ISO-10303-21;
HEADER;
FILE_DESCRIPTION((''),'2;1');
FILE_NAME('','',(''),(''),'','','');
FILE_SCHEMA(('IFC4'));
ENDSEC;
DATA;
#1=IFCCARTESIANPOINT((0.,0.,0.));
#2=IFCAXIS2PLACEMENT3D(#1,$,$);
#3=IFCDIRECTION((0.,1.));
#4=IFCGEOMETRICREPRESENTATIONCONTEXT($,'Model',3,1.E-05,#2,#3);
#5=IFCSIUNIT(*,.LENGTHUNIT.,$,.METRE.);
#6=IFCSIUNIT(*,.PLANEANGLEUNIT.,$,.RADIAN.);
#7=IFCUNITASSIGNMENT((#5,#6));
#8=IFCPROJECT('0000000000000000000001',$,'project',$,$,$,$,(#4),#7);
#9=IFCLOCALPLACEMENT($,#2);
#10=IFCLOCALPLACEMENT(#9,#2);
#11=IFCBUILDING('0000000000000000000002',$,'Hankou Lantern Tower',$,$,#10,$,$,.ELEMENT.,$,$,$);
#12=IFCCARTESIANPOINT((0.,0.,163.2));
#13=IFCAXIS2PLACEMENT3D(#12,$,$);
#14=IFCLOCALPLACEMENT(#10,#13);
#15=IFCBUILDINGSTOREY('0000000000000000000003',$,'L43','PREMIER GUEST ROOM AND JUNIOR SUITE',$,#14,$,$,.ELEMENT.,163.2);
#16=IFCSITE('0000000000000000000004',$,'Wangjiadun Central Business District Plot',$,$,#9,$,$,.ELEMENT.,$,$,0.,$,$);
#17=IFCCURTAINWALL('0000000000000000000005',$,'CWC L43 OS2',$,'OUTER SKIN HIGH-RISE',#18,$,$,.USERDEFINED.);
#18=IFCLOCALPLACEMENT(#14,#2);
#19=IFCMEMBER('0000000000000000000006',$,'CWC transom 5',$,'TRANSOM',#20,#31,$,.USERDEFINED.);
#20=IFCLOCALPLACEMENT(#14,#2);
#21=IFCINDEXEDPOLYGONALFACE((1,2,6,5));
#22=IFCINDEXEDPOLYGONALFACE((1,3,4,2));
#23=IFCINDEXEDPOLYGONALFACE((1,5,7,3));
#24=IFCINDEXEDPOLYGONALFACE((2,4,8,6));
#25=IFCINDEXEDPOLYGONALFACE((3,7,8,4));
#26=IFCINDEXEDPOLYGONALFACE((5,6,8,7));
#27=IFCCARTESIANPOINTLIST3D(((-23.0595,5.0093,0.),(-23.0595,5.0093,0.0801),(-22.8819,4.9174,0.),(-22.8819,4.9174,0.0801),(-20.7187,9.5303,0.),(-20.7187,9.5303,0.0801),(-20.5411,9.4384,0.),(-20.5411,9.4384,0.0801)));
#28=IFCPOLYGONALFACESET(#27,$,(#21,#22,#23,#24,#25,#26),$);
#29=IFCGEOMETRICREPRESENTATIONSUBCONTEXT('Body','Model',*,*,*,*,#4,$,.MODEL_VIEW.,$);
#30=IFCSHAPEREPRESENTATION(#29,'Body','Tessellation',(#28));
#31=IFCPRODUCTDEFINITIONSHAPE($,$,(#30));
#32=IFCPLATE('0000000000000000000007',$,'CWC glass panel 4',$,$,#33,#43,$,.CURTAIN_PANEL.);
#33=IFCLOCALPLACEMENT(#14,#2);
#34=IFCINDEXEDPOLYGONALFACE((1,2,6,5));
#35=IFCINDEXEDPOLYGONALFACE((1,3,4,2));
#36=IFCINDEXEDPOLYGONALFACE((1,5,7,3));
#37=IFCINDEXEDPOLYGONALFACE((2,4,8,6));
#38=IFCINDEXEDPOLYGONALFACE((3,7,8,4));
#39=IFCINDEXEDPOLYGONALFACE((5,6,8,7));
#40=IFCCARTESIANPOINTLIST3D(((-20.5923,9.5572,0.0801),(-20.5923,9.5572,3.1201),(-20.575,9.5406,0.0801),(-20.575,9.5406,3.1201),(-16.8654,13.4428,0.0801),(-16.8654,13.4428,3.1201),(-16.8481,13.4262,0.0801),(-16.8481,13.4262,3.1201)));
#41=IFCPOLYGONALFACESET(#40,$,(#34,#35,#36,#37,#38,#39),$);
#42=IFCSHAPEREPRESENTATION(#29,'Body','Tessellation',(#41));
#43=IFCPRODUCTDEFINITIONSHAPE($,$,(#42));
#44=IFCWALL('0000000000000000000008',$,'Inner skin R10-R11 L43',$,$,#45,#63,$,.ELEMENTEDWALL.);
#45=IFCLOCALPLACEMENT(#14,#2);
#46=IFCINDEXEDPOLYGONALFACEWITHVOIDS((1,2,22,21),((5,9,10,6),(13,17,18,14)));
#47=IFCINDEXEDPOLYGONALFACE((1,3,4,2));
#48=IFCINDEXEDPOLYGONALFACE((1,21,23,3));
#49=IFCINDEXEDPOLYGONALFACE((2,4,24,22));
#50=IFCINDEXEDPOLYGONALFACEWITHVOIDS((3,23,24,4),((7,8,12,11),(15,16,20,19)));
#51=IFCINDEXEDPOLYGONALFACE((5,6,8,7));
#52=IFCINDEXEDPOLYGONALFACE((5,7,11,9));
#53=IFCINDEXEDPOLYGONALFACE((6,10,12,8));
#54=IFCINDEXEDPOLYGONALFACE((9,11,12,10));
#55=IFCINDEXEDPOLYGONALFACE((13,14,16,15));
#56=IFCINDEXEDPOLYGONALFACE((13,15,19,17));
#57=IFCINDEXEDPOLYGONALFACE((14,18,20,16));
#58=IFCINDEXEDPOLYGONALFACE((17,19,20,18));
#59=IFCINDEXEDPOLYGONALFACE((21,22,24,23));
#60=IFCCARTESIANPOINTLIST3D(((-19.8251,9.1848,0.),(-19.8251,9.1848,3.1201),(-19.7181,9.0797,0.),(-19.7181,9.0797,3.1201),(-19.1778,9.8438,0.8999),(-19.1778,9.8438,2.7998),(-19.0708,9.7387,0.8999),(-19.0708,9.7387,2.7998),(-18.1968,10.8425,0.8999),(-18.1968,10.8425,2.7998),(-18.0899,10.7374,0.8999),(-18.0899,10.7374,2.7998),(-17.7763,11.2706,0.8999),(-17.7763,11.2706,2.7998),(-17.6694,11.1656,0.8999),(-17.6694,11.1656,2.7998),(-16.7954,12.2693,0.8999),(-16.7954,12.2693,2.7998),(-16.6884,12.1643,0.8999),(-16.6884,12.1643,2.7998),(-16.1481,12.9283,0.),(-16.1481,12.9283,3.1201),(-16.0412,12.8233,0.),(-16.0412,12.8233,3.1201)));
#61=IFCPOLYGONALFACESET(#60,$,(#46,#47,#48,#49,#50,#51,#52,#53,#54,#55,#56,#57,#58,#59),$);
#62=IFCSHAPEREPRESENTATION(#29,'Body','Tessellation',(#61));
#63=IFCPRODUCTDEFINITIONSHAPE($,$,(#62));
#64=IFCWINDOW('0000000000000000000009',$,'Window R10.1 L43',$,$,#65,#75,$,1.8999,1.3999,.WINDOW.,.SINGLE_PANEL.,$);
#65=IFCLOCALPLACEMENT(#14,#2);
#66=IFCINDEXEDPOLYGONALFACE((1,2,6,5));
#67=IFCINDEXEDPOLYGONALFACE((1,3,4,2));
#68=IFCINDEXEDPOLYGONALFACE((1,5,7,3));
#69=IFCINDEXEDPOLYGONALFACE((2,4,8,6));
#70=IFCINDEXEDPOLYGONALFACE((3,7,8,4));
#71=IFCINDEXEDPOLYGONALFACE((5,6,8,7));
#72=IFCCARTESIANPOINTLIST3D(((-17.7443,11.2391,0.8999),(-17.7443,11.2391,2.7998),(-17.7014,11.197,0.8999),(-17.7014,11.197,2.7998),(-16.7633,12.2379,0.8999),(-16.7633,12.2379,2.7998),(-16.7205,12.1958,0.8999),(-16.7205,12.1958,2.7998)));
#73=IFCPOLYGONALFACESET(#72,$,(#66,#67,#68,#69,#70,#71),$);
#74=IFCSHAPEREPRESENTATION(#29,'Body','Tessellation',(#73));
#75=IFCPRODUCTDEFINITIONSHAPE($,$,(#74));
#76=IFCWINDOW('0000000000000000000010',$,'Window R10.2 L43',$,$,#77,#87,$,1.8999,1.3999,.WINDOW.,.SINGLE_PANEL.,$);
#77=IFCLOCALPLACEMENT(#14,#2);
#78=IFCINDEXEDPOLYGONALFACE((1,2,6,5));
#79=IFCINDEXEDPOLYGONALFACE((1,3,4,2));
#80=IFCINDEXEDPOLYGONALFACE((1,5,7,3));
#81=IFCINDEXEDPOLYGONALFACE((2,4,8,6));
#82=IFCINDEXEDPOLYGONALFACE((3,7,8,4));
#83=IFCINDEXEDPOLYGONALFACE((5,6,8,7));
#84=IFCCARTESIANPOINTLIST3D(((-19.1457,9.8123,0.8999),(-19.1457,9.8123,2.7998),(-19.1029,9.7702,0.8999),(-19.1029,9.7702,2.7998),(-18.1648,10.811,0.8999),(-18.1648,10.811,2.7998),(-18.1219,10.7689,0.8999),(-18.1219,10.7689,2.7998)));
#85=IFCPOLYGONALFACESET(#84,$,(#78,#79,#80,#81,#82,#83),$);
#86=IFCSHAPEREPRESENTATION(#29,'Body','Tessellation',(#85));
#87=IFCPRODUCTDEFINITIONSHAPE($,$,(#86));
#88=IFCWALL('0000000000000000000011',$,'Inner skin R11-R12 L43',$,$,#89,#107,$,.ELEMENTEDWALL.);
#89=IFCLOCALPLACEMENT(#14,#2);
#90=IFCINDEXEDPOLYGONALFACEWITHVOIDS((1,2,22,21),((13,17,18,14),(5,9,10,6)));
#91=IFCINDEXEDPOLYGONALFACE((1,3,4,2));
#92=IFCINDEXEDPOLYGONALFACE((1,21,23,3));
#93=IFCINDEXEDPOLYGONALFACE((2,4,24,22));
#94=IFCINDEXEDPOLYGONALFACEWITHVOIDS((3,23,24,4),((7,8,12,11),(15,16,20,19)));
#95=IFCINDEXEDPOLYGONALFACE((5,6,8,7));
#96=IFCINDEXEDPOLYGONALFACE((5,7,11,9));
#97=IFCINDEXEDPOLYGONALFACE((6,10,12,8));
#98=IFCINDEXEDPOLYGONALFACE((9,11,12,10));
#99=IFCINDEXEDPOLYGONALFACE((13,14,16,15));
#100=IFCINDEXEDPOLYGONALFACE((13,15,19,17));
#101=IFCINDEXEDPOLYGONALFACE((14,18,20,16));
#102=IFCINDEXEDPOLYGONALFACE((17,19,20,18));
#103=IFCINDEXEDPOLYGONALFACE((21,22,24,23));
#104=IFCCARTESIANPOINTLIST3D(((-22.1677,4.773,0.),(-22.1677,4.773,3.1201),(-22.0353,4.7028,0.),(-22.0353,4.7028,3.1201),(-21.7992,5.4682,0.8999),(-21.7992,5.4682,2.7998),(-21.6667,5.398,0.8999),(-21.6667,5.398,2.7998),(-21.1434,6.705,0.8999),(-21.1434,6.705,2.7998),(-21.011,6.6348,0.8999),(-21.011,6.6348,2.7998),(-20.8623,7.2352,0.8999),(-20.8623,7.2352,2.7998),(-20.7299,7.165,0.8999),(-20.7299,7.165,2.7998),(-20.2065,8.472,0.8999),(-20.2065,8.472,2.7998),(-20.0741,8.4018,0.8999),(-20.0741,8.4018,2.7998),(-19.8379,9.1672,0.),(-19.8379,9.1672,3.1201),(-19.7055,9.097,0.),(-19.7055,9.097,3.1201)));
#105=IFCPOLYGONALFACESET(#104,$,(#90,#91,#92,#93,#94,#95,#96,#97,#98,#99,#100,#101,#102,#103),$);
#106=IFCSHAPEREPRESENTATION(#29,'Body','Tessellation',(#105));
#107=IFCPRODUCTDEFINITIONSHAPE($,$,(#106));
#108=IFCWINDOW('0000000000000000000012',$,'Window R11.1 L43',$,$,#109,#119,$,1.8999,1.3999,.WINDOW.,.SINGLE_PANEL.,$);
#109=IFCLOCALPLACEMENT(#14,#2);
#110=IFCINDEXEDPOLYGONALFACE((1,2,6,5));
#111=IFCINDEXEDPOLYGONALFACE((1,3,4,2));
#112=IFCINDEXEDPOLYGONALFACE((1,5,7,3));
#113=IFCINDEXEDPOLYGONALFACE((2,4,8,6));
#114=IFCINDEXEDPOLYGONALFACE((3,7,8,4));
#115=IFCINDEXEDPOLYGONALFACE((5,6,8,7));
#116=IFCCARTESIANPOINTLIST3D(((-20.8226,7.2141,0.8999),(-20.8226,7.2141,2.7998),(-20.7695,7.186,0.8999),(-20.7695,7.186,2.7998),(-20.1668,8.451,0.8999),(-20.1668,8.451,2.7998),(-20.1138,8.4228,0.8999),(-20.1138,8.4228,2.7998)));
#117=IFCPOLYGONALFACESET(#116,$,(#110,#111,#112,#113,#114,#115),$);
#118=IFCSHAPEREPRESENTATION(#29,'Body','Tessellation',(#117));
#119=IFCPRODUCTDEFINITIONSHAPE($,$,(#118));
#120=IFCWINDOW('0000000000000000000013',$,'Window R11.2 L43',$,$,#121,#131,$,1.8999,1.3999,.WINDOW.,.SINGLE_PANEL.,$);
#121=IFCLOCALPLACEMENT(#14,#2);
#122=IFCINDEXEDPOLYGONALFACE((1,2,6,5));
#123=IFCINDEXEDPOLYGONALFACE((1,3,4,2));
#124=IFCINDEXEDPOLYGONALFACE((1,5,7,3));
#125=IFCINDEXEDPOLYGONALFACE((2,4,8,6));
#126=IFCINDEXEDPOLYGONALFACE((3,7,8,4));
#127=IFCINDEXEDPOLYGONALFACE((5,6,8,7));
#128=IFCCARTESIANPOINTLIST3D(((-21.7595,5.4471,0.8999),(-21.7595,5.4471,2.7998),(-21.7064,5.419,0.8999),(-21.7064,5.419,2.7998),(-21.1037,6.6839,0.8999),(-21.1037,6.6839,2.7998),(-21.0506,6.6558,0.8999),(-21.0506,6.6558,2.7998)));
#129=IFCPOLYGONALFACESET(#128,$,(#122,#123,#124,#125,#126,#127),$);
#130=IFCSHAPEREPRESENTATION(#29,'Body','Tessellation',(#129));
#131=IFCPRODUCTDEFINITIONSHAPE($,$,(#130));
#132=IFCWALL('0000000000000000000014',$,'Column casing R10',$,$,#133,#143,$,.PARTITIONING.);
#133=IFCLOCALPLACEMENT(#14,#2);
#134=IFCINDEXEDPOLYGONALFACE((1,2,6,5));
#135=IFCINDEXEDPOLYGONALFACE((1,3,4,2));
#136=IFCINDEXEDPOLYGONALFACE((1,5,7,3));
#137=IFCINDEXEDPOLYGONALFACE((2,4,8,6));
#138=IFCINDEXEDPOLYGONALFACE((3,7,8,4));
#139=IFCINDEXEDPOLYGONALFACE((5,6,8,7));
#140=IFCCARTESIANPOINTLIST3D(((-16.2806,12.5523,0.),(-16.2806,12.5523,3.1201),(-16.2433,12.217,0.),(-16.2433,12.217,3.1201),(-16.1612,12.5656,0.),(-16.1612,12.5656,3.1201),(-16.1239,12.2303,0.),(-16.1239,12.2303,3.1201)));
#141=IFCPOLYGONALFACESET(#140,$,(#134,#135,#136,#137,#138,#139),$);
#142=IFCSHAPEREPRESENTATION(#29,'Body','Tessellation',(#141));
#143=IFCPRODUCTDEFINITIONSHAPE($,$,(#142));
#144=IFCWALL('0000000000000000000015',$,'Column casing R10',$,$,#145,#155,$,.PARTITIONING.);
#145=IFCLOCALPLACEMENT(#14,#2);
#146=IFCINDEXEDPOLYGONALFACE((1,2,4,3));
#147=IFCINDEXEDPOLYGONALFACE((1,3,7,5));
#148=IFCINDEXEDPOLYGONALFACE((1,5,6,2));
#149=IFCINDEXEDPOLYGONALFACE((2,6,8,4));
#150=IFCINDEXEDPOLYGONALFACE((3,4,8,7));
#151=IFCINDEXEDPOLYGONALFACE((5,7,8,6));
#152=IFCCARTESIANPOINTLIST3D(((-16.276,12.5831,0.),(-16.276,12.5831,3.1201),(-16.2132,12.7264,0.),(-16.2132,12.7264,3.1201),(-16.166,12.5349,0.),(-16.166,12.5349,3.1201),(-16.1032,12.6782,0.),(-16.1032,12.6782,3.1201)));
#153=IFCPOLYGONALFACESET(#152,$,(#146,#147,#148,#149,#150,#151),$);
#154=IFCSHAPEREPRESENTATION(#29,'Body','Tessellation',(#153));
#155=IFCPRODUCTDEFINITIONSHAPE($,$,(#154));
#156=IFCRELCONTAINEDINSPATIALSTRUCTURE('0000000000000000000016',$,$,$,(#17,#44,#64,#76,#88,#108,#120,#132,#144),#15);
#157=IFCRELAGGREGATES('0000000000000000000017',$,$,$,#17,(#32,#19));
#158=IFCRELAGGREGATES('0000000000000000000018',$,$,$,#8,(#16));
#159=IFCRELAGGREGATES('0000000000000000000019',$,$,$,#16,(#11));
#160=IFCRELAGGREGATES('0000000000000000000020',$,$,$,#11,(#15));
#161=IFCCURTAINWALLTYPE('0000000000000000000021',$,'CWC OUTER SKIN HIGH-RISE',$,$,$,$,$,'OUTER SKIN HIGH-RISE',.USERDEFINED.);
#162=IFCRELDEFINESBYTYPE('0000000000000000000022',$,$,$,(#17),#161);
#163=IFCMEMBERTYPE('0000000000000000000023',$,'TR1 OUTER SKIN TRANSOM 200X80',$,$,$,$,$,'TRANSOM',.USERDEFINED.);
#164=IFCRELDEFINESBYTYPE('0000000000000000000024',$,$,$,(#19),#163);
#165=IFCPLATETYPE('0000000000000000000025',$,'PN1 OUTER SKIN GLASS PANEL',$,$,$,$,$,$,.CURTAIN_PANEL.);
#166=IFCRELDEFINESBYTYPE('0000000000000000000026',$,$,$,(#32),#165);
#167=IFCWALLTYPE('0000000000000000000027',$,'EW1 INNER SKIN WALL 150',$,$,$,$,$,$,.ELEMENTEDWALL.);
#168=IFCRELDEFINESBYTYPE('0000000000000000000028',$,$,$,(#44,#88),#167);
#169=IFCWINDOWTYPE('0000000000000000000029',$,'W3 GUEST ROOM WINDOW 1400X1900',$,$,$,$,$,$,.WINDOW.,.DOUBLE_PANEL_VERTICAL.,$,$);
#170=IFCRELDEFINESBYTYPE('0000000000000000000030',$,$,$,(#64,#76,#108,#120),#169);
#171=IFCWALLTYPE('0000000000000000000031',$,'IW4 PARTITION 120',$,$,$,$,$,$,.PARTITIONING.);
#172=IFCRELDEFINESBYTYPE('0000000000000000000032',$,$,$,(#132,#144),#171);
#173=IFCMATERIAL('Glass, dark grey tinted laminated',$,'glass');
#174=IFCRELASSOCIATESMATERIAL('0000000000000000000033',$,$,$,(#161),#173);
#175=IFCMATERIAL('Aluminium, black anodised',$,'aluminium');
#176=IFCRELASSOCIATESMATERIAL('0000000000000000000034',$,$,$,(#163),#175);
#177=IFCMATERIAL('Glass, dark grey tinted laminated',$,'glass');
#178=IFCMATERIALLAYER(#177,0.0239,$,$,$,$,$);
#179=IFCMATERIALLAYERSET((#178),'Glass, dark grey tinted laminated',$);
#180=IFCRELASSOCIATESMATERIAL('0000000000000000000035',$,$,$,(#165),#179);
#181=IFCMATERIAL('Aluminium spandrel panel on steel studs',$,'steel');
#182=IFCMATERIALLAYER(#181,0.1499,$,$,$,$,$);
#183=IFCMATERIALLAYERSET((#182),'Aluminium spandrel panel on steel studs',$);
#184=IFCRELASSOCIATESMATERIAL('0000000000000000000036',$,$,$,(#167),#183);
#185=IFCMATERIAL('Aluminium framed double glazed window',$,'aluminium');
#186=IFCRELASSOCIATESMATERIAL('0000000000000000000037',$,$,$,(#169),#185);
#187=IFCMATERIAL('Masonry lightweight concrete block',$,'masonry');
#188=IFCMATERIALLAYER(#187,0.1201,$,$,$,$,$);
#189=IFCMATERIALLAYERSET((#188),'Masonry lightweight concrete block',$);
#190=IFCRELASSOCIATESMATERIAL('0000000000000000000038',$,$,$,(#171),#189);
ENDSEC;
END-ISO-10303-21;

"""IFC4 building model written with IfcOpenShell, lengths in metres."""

from ifc_helpers import new_model, si_unit, direction, frame, frame_2d, origin, origin_2d, place, context, subcontext, project, spatial, rectangle, extrude, material, layer, layer_set, material_profile, profile_set, type_object, element, fill, aggregate, save


model = new_model("IFC4")

# Units and contexts
model_context = context("Model", 3, precision=1e-05, world=origin(), true_north=direction((0.0, 1.0)))
body_context = subcontext(model_context, "Body", "Model", "MODEL_VIEW")
ifc_project = project(units=[si_unit("LENGTHUNIT", "METRE"), si_unit("PLANEANGLEUNIT", "RADIAN")], contexts=[model_context])

# Site, building, storey
site_placement = place(None, origin())
site = spatial("IfcSite", under=ifc_project, at=site_placement, Name="Wangjiadun Central Business District Plot", CompositionType="ELEMENT", RefElevation=0.0)
building_placement = place(site_placement, origin())
building = spatial("IfcBuilding", under=site, at=building_placement, Name="Hankou Lantern Tower", CompositionType="ELEMENT")
storey_placement = place(building_placement, frame((0.0, 0.0, 163.2)))
storey = spatial("IfcBuildingStorey", under=building, at=storey_placement, Name="L43", Description="PREMIER GUEST ROOM AND JUNIOR SUITE", CompositionType="ELEMENT", Elevation=163.2)

# Curtain wall
ifc_material_1 = material(Name="Glass, dark grey tinted laminated", Category="glass")
curtain_wall_type = type_object("IfcCurtainWallType", Name="CWC OUTER SKIN HIGH-RISE", ElementType="OUTER SKIN HIGH-RISE", PredefinedType="USERDEFINED", material=ifc_material_1)
curtain_wall_placement = place(storey_placement, origin())
curtain_wall = element("IfcCurtainWall", 1, at=curtain_wall_placement, inside=storey, type_object=curtain_wall_type, Name="CWC L43 OS2", ObjectType="OUTER SKIN HIGH-RISE", PredefinedType="USERDEFINED")

# Member
ifc_material_2 = material(Name="Aluminium, black anodised", Category="aluminium")
ifc_material_profile_1 = material_profile(ifc_material_2, rectangle(XDim=0.2, YDim=0.0801, at=origin_2d()), Name="TR1 200X80")
ifc_profile_set_1 = profile_set([ifc_material_profile_1], Name="Aluminium, black anodised")
member_type_1 = type_object("IfcMemberType", Name="TR1 OUTER SKIN TRANSOM 200X80", ElementType="TRANSOM", PredefinedType="USERDEFINED", material=ifc_profile_set_1)
member_1_placement = place(storey_placement, frame((-20.6299, 9.4844, 0.04), z_axis=(-0.459791, -0.888027, 0.0), x_axis=(0.888027, -0.459791, 0.0)))
member_1 = element("IfcMember", 2, at=member_1_placement, type_object=member_type_1, Name="CWC transom 5", ObjectType="TRANSOM", PredefinedType="USERDEFINED", context=body_context, shape_type="SweptSolid", body=[
    extrude(rectangle(XDim=0.2, YDim=0.0801, at=origin_2d()), origin(), (0.0, 0.0, 1.0), 5.0911),
])

# Plate
ifc_material_3 = material(Name="Glass, dark grey tinted laminated", Category="glass")
ifc_layer_1 = layer(ifc_material_3, 0.0239)
ifc_layer_set_1 = layer_set([ifc_layer_1], Name="Glass, dark grey tinted laminated")
plate_type = type_object("IfcPlateType", Name="PN1 OUTER SKIN GLASS PANEL", PredefinedType="CURTAIN_PANEL", material=ifc_layer_set_1)
plate_placement = place(storey_placement, frame((-18.7202, 11.4917, 0.0801), z_axis=(0.0, 0.0, 1.0), x_axis=(-0.692216, -0.721691, 0.0)))
plate = element("IfcPlate", 3, at=plate_placement, type_object=plate_type, Name="CWC glass panel 4", PredefinedType="CURTAIN_PANEL", context=body_context, shape_type="SweptSolid", body=[
    extrude(rectangle(XDim=5.384, YDim=0.0239, at=origin_2d()), origin(), (0.0, 0.0, 1.0), 3.04),
])
aggregate(curtain_wall, [plate, member_1])

# Walls, openings, windows
ifc_material_4 = material(Name="Aluminium spandrel panel on steel studs", Category="steel")
ifc_layer_2 = layer(ifc_material_4, 0.1499)
ifc_layer_set_2 = layer_set([ifc_layer_2], Name="Aluminium spandrel panel on steel studs")
wall_type_1 = type_object("IfcWallType", Name="EW1 INNER SKIN WALL 150", PredefinedType="ELEMENTEDWALL", material=ifc_layer_set_2)
wall_1_placement = place(storey_placement, frame((-16.0947, 12.8757, 0.0), z_axis=(0.0, 0.0, 1.0), x_axis=(-0.700727, -0.713429, 0.0)))
wall_1 = element("IfcWall", 4, at=wall_1_placement, inside=storey, type_object=wall_type_1, Name="Inner skin R10-R11 L43", PredefinedType="ELEMENTEDWALL", context=body_context, shape_type="SweptSolid", body=[
    extrude(rectangle(XDim=5.2473, YDim=0.1499, at=frame_2d((2.6235, 0.0))), origin(), (0.0, 0.0, 1.0), 3.1201),
])
opening_1_placement = place(wall_1_placement, frame((0.9236, 0.0, 0.8999)))
opening_1 = element("IfcOpeningElement", 5, at=opening_1_placement, cuts=wall_1, PredefinedType="OPENING", context=body_context, shape_type="SweptSolid", body=[
    extrude(rectangle(XDim=1.3999, YDim=1.8999, at=frame_2d((0.7, 0.95))), frame((0.0, 0.085, 0.0), z_axis=(0.0, -1.0, 0.0), x_axis=(1.0, 0.0, 0.0)), (0.0, 0.0, 1.0), 0.1699),
])
opening_2_placement = place(wall_1_placement, frame((2.9236, 0.0, 0.8999)))
opening_2 = element("IfcOpeningElement", 6, at=opening_2_placement, cuts=wall_1, PredefinedType="OPENING", context=body_context, shape_type="SweptSolid", body=[
    extrude(rectangle(XDim=1.3999, YDim=1.8999, at=frame_2d((0.7, 0.95))), frame((0.0, 0.085, 0.0), z_axis=(0.0, -1.0, 0.0), x_axis=(1.0, 0.0, 0.0)), (0.0, 0.0, 1.0), 0.1699),
])
ifc_material_5 = material(Name="Aluminium framed double glazed window", Category="aluminium")
window_type = type_object("IfcWindowType", Name="W3 GUEST ROOM WINDOW 1400X1900", PartitioningType="DOUBLE_PANEL_VERTICAL", PredefinedType="WINDOW", material=ifc_material_5)
window_1_placement = place(opening_1_placement, origin())
window_1 = element("IfcWindow", 7, at=window_1_placement, inside=storey, type_object=window_type, Name="Window R10.1 L43", OverallHeight=1.8999, OverallWidth=1.3999, PartitioningType="SINGLE_PANEL", PredefinedType="WINDOW", context=body_context, shape_type="SweptSolid", body=[
    extrude(rectangle(XDim=1.3999, YDim=1.8999, at=frame_2d((0.7, 0.95))), frame((0.0, 0.03, 0.0), z_axis=(0.0, -1.0, 0.0), x_axis=(1.0, 0.0, 0.0)), (0.0, 0.0, 1.0), 0.0601),
])
fill(opening_1, window_1)
window_2_placement = place(opening_2_placement, origin())
window_2 = element("IfcWindow", 8, at=window_2_placement, inside=storey, type_object=window_type, Name="Window R10.2 L43", OverallHeight=1.8999, OverallWidth=1.3999, PartitioningType="SINGLE_PANEL", PredefinedType="WINDOW", context=body_context, shape_type="SweptSolid", body=[
    extrude(rectangle(XDim=1.3999, YDim=1.8999, at=frame_2d((0.7, 0.95))), frame((0.0, 0.03, 0.0), z_axis=(0.0, -1.0, 0.0), x_axis=(1.0, 0.0, 0.0)), (0.0, 0.0, 1.0), 0.0601),
])
fill(opening_2, window_2)
wall_2_placement = place(storey_placement, frame((-19.7717, 9.1321, 0.0), z_axis=(0.0, 0.0, 1.0), x_axis=(-0.468429, -0.883501, 0.0)))
wall_2 = element("IfcWall", 9, at=wall_2_placement, inside=storey, type_object=wall_type_1, Name="Inner skin R11-R12 L43", PredefinedType="ELEMENTEDWALL", context=body_context, shape_type="SweptSolid", body=[
    extrude(rectangle(XDim=4.9736, YDim=0.1499, at=frame_2d((2.4868, 0.0))), origin(), (0.0, 0.0, 1.0), 3.1201),
])
opening_3_placement = place(wall_2_placement, frame((0.7869, 0.0, 0.8999)))
opening_3 = element("IfcOpeningElement", 10, at=opening_3_placement, cuts=wall_2, PredefinedType="OPENING", context=body_context, shape_type="SweptSolid", body=[
    extrude(rectangle(XDim=1.3999, YDim=1.8999, at=frame_2d((0.7, 0.95))), frame((0.0, 0.085, 0.0), z_axis=(0.0, -1.0, 0.0), x_axis=(1.0, 0.0, 0.0)), (0.0, 0.0, 1.0), 0.1699),
])
opening_4_placement = place(wall_2_placement, frame((2.7869, 0.0, 0.8999)))
opening_4 = element("IfcOpeningElement", 11, at=opening_4_placement, cuts=wall_2, PredefinedType="OPENING", context=body_context, shape_type="SweptSolid", body=[
    extrude(rectangle(XDim=1.3999, YDim=1.8999, at=frame_2d((0.7, 0.95))), frame((0.0, 0.085, 0.0), z_axis=(0.0, -1.0, 0.0), x_axis=(1.0, 0.0, 0.0)), (0.0, 0.0, 1.0), 0.1699),
])
window_3_placement = place(opening_3_placement, origin())
window_3 = element("IfcWindow", 12, at=window_3_placement, inside=storey, type_object=window_type, Name="Window R11.1 L43", OverallHeight=1.8999, OverallWidth=1.3999, PartitioningType="SINGLE_PANEL", PredefinedType="WINDOW", context=body_context, shape_type="SweptSolid", body=[
    extrude(rectangle(XDim=1.3999, YDim=1.8999, at=frame_2d((0.7, 0.95))), frame((0.0, 0.03, 0.0), z_axis=(0.0, -1.0, 0.0), x_axis=(1.0, 0.0, 0.0)), (0.0, 0.0, 1.0), 0.0601),
])
fill(opening_3, window_3)
window_4_placement = place(opening_4_placement, origin())
window_4 = element("IfcWindow", 13, at=window_4_placement, inside=storey, type_object=window_type, Name="Window R11.2 L43", OverallHeight=1.8999, OverallWidth=1.3999, PartitioningType="SINGLE_PANEL", PredefinedType="WINDOW", context=body_context, shape_type="SweptSolid", body=[
    extrude(rectangle(XDim=1.3999, YDim=1.8999, at=frame_2d((0.7, 0.95))), frame((0.0, 0.03, 0.0), z_axis=(0.0, -1.0, 0.0), x_axis=(1.0, 0.0, 0.0)), (0.0, 0.0, 1.0), 0.0601),
])
fill(opening_4, window_4)

# Walls
ifc_material_6 = material(Name="Masonry lightweight concrete block", Category="masonry")
ifc_layer_3 = layer(ifc_material_6, 0.1201)
ifc_layer_set_3 = layer_set([ifc_layer_3], Name="Masonry lightweight concrete block")
wall_type_2 = type_object("IfcWallType", Name="IW4 PARTITION 120", PredefinedType="PARTITIONING", material=ifc_layer_set_3)
wall_3_placement = place(storey_placement, frame((-16.1836, 12.2236, 0.0), z_axis=(0.0, 0.0, 1.0), x_axis=(-0.11067, 0.993857, 0.0)))
element("IfcWall", 14, at=wall_3_placement, inside=storey, type_object=wall_type_2, Name="Column casing R10", PredefinedType="PARTITIONING", context=body_context, shape_type="SweptSolid", body=[
    extrude(rectangle(XDim=0.3374, YDim=0.1201, at=frame_2d((0.1687, 0.0))), origin(), (0.0, 0.0, 1.0), 3.1201),
])
wall_4_placement = place(storey_placement, frame((-16.2209, 12.5591, 0.0), z_axis=(0.0, 0.0, 1.0), x_axis=(0.401064, 0.91605, 0.0)))
element("IfcWall", 15, at=wall_4_placement, inside=storey, type_object=wall_type_2, Name="Column casing R10", PredefinedType="PARTITIONING", context=body_context, shape_type="SweptSolid", body=[
    extrude(rectangle(XDim=0.1565, YDim=0.1201, at=frame_2d((0.0781, 0.0))), origin(), (0.0, 0.0, 1.0), 3.1201),
])

save(model, "model.ifc")
